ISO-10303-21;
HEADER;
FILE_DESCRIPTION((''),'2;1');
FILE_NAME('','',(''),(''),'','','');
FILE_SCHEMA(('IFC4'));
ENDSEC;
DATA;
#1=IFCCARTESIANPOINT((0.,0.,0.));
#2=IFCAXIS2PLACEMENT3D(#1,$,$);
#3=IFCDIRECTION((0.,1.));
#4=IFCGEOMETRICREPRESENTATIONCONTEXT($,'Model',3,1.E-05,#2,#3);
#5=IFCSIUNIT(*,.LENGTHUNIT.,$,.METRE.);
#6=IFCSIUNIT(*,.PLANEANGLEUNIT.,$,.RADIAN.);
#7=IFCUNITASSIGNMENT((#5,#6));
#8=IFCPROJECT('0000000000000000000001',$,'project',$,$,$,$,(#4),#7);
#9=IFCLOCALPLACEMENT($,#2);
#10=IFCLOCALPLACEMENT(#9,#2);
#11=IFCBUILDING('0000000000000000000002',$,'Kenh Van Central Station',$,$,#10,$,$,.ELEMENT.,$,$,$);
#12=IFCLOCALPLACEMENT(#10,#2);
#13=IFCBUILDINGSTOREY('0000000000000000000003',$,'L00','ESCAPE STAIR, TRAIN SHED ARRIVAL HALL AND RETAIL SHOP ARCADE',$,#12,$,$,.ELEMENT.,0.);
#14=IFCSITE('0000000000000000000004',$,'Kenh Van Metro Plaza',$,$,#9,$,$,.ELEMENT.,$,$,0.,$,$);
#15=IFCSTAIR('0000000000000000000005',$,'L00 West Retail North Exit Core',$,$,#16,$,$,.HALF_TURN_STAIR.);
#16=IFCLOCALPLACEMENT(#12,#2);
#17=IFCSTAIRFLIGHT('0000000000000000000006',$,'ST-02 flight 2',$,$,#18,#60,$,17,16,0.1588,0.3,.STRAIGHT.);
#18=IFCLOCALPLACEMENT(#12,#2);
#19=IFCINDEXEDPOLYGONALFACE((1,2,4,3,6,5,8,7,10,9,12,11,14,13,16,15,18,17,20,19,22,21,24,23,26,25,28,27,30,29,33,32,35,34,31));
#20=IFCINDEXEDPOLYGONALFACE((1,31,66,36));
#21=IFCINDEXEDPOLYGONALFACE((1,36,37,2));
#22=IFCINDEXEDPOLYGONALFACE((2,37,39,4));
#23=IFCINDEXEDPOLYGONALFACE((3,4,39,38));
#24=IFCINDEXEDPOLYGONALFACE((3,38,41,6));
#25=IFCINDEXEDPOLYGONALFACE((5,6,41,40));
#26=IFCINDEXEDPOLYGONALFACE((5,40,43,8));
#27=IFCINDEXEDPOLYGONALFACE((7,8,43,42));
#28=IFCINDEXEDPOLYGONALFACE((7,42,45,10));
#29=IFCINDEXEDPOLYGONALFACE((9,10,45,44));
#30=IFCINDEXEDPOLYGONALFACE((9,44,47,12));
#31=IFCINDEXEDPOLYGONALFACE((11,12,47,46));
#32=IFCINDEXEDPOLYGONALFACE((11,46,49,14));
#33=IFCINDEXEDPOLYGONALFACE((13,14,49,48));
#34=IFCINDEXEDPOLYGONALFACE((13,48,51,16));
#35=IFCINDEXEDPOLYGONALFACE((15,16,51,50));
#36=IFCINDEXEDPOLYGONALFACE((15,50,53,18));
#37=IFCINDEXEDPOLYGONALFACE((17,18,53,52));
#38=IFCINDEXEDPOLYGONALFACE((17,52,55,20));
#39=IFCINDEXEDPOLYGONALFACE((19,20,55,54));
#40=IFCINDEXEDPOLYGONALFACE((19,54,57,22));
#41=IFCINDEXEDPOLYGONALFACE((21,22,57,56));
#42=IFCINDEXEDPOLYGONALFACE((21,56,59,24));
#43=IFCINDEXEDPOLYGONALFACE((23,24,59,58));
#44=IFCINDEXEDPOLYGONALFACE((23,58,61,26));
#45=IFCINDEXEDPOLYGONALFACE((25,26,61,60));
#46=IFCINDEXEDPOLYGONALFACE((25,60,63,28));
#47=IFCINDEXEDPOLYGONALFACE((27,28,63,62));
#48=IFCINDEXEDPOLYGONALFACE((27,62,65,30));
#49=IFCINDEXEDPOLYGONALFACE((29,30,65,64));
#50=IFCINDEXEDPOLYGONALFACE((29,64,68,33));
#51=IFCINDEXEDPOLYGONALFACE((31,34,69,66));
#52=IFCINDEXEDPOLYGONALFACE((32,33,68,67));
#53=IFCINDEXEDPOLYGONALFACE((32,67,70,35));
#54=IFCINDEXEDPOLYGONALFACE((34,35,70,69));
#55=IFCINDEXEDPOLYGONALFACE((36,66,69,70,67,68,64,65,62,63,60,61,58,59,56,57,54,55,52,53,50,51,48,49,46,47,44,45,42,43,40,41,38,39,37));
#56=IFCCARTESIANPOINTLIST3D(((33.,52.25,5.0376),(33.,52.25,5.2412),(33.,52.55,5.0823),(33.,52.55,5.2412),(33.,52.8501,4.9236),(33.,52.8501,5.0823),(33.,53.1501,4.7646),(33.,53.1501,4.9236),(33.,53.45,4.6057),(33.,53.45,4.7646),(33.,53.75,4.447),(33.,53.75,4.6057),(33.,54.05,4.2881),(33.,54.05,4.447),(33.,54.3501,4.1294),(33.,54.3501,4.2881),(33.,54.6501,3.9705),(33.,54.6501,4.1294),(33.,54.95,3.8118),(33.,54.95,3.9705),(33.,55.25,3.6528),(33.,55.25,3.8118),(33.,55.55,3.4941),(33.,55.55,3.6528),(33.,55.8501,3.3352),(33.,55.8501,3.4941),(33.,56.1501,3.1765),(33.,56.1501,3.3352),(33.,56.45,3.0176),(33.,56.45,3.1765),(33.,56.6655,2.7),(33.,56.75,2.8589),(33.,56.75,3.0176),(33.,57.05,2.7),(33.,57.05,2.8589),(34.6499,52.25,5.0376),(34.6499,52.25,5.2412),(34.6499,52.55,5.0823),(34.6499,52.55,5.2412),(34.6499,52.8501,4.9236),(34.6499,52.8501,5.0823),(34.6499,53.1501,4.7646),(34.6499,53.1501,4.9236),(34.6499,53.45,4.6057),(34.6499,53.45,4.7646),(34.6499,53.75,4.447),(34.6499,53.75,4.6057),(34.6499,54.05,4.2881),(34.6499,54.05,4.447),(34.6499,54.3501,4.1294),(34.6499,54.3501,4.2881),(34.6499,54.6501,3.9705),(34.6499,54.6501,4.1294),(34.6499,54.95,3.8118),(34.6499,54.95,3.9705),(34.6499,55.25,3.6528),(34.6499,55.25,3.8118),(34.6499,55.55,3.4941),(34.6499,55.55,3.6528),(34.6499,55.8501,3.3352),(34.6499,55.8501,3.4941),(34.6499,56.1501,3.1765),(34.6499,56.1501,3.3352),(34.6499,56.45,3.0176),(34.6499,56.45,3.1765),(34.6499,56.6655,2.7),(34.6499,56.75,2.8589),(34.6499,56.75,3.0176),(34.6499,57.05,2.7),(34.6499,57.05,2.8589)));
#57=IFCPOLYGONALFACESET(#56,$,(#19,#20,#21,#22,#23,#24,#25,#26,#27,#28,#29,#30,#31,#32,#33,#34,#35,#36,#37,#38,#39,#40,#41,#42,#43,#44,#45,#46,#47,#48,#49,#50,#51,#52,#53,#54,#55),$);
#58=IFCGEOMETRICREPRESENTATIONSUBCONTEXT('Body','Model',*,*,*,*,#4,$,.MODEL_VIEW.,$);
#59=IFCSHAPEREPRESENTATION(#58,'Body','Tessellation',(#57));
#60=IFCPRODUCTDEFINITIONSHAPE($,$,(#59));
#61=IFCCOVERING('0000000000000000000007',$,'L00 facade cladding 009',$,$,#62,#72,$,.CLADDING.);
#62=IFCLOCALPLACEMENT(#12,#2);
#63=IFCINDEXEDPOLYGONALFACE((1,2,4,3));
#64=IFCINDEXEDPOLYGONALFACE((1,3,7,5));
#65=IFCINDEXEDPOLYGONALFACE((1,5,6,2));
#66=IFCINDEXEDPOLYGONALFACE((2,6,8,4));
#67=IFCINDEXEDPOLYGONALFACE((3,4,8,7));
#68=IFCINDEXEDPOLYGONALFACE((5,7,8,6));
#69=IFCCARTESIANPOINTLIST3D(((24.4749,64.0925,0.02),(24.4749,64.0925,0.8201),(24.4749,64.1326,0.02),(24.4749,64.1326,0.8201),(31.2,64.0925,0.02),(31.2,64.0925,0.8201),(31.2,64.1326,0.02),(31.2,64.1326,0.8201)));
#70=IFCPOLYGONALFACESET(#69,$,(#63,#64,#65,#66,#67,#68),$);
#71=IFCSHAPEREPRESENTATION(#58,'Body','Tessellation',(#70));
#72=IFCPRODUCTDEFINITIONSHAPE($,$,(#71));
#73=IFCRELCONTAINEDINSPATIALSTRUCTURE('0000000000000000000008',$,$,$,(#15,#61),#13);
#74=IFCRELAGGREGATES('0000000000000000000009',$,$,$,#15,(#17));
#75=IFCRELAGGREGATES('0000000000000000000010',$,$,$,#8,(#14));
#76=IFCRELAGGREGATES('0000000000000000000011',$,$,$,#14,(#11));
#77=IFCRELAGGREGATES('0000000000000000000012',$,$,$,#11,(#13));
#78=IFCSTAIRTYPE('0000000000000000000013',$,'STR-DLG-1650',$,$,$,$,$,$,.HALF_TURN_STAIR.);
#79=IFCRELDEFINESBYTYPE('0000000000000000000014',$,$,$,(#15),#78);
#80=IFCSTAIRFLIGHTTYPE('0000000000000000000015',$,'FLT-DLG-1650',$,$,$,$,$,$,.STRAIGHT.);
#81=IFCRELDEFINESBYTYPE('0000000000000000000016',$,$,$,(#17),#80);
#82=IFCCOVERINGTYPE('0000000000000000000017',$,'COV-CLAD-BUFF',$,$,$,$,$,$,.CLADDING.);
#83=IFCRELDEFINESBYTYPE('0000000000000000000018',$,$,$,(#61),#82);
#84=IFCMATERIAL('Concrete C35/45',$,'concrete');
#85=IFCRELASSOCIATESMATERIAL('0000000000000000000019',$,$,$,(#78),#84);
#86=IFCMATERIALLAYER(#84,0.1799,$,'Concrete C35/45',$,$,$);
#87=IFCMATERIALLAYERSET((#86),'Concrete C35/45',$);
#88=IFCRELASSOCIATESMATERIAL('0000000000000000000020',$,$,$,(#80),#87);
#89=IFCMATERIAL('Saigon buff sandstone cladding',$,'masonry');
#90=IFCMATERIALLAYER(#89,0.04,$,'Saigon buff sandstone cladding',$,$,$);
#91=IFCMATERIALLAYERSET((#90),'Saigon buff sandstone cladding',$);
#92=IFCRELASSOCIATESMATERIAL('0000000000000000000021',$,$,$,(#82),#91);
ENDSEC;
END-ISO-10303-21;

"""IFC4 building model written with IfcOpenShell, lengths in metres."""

from ifc_helpers import new_model, si_unit, direction, frame, origin, origin_2d, place, context, subcontext, project, spatial, polyline, rectangle, outline, extrude, material, layer, layer_set, type_object, element, aggregate, save


model = new_model("IFC4")

# Units and contexts
model_context = context("Model", 3, precision=1e-05, world=origin(), true_north=direction((0.0, 1.0)))
body_context = subcontext(model_context, "Body", "Model", "MODEL_VIEW")
ifc_project = project(units=[si_unit("LENGTHUNIT", "METRE"), si_unit("PLANEANGLEUNIT", "RADIAN")], contexts=[model_context])

# Site, building, storey
site_placement = place(None, origin())
site = spatial("IfcSite", under=ifc_project, at=site_placement, Name="Kenh Van Metro Plaza", CompositionType="ELEMENT", RefElevation=0.0)
building_placement = place(site_placement, origin())
building = spatial("IfcBuilding", under=site, at=building_placement, Name="Kenh Van Central Station", CompositionType="ELEMENT")
storey_placement = place(building_placement, origin())
storey = spatial("IfcBuildingStorey", under=building, at=storey_placement, Name="L00", Description="ESCAPE STAIR, TRAIN SHED ARRIVAL HALL AND RETAIL SHOP ARCADE", CompositionType="ELEMENT", Elevation=0.0)

# Shared definitions
ifc_material_1 = material(Name="Concrete C35/45", Category="concrete")

# Stair, stair flight
stair_type = type_object("IfcStairType", Name="STR-DLG-1650", PredefinedType="HALF_TURN_STAIR", material=ifc_material_1)
stair_placement = place(storey_placement, origin())
stair = element("IfcStair", 1, at=stair_placement, inside=storey, type_object=stair_type, Name="L00 West Retail North Exit Core", PredefinedType="HALF_TURN_STAIR")
ifc_layer_1 = layer(ifc_material_1, 0.1799, Name="Concrete C35/45")
ifc_layer_set_1 = layer_set([ifc_layer_1], Name="Concrete C35/45")
stair_flight_type = type_object("IfcStairFlightType", Name="FLT-DLG-1650", PredefinedType="STRAIGHT", material=ifc_layer_set_1)
stair_flight_1_placement = place(storey_placement, frame((33.825, 57.05, 2.7), z_axis=(0.0, 0.0, 1.0), x_axis=(0.0, -1.0, 0.0)))
stair_flight_1 = element("IfcStairFlight", 2, at=stair_flight_1_placement, type_object=stair_flight_type, Name="ST-02 flight 2", NumberOfRisers=17, NumberOfTreads=16, PredefinedType="STRAIGHT", RiserHeight=0.1588, TreadLength=0.3, context=body_context, shape_type="SweptSolid", body=[
    extrude(outline(polyline([(0.0, 0.0), (0.0, 0.1589), (0.3, 0.1589), (0.3, 0.3176), (0.6001, 0.3176), (0.6001, 0.4766), (0.8999, 0.4766), (0.8999, 0.6353), (1.2, 0.6353), (1.2, 0.7942), (1.5, 0.7942), (1.5, 0.9529), (1.8, 0.9529), (1.8, 1.1118), (2.1001, 1.1118), (2.1001, 1.2705), (2.3999, 1.2705), (2.3999, 1.4294), (2.7, 1.4294), (2.7, 1.5881), (3.0, 1.5881), (3.0, 1.7471), (3.3, 1.7471), (3.3, 1.9058), (3.6001, 1.9058), (3.6001, 2.0647), (3.8999, 2.0647), (3.8999, 2.2236), (4.2, 2.2236), (4.2, 2.3823), (4.5, 2.3823), (4.5, 2.5413), (4.8, 2.5413), (4.8, 2.7), (4.8, 2.3376), (0.3845, 0.0), (0.0, 0.0)])), frame((0.0, 0.825, 0.0), z_axis=(0.0, -1.0, 0.0), x_axis=(1.0, 0.0, 0.0)), (0.0, 0.0, 1.0), 1.6499),
])
aggregate(stair, [stair_flight_1])

# Covering
ifc_material_2 = material(Name="Saigon buff sandstone cladding", Category="masonry")
ifc_layer_2 = layer(ifc_material_2, 0.04, Name="Saigon buff sandstone cladding")
ifc_layer_set_2 = layer_set([ifc_layer_2], Name="Saigon buff sandstone cladding")
covering_type = type_object("IfcCoveringType", Name="COV-CLAD-BUFF", PredefinedType="CLADDING", material=ifc_layer_set_2)
covering_placement = place(storey_placement, frame((27.8374, 64.1125, 0.02), z_axis=(0.0, 0.0, 1.0), x_axis=(-1.0, 0.0, 0.0)))
element("IfcCovering", 3, at=covering_placement, inside=storey, type_object=covering_type, Name="L00 facade cladding 009", PredefinedType="CLADDING", context=body_context, shape_type="SweptSolid", body=[
    extrude(rectangle(XDim=6.7251, YDim=0.04, at=origin_2d()), origin(), (0.0, 0.0, 1.0), 0.8),
])

save(model, "model.ifc")
